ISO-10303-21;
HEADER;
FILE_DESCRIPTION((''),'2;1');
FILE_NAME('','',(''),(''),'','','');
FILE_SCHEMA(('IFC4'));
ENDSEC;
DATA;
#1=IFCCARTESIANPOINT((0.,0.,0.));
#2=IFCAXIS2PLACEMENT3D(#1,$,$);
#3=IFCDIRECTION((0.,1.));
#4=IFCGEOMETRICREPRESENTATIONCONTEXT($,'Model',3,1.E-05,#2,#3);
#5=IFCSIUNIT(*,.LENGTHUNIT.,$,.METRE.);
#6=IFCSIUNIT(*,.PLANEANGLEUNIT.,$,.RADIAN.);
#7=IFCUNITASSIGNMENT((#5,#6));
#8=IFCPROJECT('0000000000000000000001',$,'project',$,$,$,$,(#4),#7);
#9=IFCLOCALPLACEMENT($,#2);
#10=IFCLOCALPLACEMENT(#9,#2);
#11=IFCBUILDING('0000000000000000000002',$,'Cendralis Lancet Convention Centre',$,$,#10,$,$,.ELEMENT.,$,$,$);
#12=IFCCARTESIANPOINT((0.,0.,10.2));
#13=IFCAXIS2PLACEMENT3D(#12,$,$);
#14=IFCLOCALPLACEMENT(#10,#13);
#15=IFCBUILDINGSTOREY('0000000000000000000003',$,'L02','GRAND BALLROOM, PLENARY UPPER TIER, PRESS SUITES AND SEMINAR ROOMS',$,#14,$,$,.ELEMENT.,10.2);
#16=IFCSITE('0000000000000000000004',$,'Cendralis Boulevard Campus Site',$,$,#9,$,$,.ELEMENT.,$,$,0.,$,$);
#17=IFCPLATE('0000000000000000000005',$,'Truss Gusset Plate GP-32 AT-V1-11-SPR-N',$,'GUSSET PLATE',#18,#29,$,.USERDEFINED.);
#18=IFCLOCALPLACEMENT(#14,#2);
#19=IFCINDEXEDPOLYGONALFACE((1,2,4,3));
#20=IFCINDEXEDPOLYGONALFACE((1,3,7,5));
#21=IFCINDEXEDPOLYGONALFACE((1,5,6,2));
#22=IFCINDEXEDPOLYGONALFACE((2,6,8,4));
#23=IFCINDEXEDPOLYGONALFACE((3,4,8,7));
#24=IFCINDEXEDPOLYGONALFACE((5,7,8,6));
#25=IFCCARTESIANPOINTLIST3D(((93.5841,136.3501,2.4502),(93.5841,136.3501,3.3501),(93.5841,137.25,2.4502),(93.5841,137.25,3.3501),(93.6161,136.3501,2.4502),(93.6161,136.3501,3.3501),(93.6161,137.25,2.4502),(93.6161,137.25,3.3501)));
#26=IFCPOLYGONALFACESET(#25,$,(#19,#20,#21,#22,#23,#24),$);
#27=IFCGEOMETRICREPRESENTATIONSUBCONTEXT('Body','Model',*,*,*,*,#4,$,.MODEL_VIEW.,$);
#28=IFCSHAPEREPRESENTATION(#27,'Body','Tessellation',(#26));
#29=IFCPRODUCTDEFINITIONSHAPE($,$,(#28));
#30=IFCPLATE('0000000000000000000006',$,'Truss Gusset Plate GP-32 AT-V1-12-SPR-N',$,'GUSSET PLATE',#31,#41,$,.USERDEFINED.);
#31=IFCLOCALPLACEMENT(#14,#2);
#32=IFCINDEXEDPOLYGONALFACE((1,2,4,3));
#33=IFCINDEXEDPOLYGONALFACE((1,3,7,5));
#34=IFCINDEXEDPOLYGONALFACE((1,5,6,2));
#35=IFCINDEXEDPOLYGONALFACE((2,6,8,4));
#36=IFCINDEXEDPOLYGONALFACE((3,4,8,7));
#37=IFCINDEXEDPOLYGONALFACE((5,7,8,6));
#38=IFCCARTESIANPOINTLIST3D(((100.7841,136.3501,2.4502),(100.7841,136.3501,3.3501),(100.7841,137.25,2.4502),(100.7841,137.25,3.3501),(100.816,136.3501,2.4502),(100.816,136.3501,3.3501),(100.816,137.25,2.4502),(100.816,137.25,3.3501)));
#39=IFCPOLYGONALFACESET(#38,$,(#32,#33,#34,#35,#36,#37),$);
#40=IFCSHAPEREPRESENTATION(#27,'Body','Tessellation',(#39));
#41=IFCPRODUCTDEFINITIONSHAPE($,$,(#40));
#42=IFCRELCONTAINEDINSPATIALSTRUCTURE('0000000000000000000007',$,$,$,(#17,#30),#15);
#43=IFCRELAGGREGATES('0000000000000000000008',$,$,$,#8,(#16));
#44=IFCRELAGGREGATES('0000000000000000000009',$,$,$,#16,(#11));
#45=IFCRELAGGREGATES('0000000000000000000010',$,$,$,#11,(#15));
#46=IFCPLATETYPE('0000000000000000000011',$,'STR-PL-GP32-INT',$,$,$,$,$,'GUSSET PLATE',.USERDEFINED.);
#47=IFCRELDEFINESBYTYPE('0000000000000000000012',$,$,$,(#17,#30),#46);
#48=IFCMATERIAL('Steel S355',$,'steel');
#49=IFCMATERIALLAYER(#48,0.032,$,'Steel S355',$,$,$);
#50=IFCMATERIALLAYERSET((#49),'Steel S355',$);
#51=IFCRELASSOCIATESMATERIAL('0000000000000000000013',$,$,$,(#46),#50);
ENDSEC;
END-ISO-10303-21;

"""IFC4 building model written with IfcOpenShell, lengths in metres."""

from ifc_helpers import new_model, si_unit, direction, frame, origin, origin_2d, place, context, subcontext, project, spatial, rectangle, extrude, material, layer, layer_set, type_object, element, save


model = new_model("IFC4")

# Units and contexts
model_context = context("Model", 3, precision=1e-05, world=origin(), true_north=direction((0.0, 1.0)))
body_context = subcontext(model_context, "Body", "Model", "MODEL_VIEW")
ifc_project = project(units=[si_unit("LENGTHUNIT", "METRE"), si_unit("PLANEANGLEUNIT", "RADIAN")], contexts=[model_context])

# Site, building, storey
site_placement = place(None, origin())
site = spatial("IfcSite", under=ifc_project, at=site_placement, Name="Cendralis Boulevard Campus Site", CompositionType="ELEMENT", RefElevation=0.0)
building_placement = place(site_placement, origin())
building = spatial("IfcBuilding", under=site, at=building_placement, Name="Cendralis Lancet Convention Centre", CompositionType="ELEMENT")
storey_placement = place(building_placement, frame((0.0, 0.0, 10.2)))
storey = spatial("IfcBuildingStorey", under=building, at=storey_placement, Name="L02", Description="GRAND BALLROOM, PLENARY UPPER TIER, PRESS SUITES AND SEMINAR ROOMS", CompositionType="ELEMENT", Elevation=10.2)

# Shared definitions
ifc_material_1 = material(Name="Steel S355", Category="steel")

# Plates
ifc_layer_1 = layer(ifc_material_1, 0.032, Name="Steel S355")
ifc_layer_set_1 = layer_set([ifc_layer_1], Name="Steel S355")
plate_type_1 = type_object("IfcPlateType", Name="STR-PL-GP32-INT", ElementType="GUSSET PLATE", PredefinedType="USERDEFINED", material=ifc_layer_set_1)
for number, where, z_axis, x_axis, name in (
    (1, (93.6001, 136.8, 2.4502), (0.0, 0.0, 1.0), (0.0, 1.0, 0.0), "Truss Gusset Plate GP-32 AT-V1-11-SPR-N"),
    (2, (100.8, 136.8, 2.4502), (0.0, 0.0, 1.0), (0.0, 1.0, 0.0), "Truss Gusset Plate GP-32 AT-V1-12-SPR-N"),
):
    element("IfcPlate", number, at=place(storey_placement, frame(where, z_axis=z_axis, x_axis=x_axis)), inside=storey, type_object=plate_type_1, Name=name, ObjectType="GUSSET PLATE", PredefinedType="USERDEFINED", context=body_context, shape_type="SweptSolid", body=[
        extrude(rectangle(XDim=0.8999, YDim=0.032, at=origin_2d()), origin(), (0.0, 0.0, 1.0), 0.8999),
    ])

save(model, "model.ifc")
